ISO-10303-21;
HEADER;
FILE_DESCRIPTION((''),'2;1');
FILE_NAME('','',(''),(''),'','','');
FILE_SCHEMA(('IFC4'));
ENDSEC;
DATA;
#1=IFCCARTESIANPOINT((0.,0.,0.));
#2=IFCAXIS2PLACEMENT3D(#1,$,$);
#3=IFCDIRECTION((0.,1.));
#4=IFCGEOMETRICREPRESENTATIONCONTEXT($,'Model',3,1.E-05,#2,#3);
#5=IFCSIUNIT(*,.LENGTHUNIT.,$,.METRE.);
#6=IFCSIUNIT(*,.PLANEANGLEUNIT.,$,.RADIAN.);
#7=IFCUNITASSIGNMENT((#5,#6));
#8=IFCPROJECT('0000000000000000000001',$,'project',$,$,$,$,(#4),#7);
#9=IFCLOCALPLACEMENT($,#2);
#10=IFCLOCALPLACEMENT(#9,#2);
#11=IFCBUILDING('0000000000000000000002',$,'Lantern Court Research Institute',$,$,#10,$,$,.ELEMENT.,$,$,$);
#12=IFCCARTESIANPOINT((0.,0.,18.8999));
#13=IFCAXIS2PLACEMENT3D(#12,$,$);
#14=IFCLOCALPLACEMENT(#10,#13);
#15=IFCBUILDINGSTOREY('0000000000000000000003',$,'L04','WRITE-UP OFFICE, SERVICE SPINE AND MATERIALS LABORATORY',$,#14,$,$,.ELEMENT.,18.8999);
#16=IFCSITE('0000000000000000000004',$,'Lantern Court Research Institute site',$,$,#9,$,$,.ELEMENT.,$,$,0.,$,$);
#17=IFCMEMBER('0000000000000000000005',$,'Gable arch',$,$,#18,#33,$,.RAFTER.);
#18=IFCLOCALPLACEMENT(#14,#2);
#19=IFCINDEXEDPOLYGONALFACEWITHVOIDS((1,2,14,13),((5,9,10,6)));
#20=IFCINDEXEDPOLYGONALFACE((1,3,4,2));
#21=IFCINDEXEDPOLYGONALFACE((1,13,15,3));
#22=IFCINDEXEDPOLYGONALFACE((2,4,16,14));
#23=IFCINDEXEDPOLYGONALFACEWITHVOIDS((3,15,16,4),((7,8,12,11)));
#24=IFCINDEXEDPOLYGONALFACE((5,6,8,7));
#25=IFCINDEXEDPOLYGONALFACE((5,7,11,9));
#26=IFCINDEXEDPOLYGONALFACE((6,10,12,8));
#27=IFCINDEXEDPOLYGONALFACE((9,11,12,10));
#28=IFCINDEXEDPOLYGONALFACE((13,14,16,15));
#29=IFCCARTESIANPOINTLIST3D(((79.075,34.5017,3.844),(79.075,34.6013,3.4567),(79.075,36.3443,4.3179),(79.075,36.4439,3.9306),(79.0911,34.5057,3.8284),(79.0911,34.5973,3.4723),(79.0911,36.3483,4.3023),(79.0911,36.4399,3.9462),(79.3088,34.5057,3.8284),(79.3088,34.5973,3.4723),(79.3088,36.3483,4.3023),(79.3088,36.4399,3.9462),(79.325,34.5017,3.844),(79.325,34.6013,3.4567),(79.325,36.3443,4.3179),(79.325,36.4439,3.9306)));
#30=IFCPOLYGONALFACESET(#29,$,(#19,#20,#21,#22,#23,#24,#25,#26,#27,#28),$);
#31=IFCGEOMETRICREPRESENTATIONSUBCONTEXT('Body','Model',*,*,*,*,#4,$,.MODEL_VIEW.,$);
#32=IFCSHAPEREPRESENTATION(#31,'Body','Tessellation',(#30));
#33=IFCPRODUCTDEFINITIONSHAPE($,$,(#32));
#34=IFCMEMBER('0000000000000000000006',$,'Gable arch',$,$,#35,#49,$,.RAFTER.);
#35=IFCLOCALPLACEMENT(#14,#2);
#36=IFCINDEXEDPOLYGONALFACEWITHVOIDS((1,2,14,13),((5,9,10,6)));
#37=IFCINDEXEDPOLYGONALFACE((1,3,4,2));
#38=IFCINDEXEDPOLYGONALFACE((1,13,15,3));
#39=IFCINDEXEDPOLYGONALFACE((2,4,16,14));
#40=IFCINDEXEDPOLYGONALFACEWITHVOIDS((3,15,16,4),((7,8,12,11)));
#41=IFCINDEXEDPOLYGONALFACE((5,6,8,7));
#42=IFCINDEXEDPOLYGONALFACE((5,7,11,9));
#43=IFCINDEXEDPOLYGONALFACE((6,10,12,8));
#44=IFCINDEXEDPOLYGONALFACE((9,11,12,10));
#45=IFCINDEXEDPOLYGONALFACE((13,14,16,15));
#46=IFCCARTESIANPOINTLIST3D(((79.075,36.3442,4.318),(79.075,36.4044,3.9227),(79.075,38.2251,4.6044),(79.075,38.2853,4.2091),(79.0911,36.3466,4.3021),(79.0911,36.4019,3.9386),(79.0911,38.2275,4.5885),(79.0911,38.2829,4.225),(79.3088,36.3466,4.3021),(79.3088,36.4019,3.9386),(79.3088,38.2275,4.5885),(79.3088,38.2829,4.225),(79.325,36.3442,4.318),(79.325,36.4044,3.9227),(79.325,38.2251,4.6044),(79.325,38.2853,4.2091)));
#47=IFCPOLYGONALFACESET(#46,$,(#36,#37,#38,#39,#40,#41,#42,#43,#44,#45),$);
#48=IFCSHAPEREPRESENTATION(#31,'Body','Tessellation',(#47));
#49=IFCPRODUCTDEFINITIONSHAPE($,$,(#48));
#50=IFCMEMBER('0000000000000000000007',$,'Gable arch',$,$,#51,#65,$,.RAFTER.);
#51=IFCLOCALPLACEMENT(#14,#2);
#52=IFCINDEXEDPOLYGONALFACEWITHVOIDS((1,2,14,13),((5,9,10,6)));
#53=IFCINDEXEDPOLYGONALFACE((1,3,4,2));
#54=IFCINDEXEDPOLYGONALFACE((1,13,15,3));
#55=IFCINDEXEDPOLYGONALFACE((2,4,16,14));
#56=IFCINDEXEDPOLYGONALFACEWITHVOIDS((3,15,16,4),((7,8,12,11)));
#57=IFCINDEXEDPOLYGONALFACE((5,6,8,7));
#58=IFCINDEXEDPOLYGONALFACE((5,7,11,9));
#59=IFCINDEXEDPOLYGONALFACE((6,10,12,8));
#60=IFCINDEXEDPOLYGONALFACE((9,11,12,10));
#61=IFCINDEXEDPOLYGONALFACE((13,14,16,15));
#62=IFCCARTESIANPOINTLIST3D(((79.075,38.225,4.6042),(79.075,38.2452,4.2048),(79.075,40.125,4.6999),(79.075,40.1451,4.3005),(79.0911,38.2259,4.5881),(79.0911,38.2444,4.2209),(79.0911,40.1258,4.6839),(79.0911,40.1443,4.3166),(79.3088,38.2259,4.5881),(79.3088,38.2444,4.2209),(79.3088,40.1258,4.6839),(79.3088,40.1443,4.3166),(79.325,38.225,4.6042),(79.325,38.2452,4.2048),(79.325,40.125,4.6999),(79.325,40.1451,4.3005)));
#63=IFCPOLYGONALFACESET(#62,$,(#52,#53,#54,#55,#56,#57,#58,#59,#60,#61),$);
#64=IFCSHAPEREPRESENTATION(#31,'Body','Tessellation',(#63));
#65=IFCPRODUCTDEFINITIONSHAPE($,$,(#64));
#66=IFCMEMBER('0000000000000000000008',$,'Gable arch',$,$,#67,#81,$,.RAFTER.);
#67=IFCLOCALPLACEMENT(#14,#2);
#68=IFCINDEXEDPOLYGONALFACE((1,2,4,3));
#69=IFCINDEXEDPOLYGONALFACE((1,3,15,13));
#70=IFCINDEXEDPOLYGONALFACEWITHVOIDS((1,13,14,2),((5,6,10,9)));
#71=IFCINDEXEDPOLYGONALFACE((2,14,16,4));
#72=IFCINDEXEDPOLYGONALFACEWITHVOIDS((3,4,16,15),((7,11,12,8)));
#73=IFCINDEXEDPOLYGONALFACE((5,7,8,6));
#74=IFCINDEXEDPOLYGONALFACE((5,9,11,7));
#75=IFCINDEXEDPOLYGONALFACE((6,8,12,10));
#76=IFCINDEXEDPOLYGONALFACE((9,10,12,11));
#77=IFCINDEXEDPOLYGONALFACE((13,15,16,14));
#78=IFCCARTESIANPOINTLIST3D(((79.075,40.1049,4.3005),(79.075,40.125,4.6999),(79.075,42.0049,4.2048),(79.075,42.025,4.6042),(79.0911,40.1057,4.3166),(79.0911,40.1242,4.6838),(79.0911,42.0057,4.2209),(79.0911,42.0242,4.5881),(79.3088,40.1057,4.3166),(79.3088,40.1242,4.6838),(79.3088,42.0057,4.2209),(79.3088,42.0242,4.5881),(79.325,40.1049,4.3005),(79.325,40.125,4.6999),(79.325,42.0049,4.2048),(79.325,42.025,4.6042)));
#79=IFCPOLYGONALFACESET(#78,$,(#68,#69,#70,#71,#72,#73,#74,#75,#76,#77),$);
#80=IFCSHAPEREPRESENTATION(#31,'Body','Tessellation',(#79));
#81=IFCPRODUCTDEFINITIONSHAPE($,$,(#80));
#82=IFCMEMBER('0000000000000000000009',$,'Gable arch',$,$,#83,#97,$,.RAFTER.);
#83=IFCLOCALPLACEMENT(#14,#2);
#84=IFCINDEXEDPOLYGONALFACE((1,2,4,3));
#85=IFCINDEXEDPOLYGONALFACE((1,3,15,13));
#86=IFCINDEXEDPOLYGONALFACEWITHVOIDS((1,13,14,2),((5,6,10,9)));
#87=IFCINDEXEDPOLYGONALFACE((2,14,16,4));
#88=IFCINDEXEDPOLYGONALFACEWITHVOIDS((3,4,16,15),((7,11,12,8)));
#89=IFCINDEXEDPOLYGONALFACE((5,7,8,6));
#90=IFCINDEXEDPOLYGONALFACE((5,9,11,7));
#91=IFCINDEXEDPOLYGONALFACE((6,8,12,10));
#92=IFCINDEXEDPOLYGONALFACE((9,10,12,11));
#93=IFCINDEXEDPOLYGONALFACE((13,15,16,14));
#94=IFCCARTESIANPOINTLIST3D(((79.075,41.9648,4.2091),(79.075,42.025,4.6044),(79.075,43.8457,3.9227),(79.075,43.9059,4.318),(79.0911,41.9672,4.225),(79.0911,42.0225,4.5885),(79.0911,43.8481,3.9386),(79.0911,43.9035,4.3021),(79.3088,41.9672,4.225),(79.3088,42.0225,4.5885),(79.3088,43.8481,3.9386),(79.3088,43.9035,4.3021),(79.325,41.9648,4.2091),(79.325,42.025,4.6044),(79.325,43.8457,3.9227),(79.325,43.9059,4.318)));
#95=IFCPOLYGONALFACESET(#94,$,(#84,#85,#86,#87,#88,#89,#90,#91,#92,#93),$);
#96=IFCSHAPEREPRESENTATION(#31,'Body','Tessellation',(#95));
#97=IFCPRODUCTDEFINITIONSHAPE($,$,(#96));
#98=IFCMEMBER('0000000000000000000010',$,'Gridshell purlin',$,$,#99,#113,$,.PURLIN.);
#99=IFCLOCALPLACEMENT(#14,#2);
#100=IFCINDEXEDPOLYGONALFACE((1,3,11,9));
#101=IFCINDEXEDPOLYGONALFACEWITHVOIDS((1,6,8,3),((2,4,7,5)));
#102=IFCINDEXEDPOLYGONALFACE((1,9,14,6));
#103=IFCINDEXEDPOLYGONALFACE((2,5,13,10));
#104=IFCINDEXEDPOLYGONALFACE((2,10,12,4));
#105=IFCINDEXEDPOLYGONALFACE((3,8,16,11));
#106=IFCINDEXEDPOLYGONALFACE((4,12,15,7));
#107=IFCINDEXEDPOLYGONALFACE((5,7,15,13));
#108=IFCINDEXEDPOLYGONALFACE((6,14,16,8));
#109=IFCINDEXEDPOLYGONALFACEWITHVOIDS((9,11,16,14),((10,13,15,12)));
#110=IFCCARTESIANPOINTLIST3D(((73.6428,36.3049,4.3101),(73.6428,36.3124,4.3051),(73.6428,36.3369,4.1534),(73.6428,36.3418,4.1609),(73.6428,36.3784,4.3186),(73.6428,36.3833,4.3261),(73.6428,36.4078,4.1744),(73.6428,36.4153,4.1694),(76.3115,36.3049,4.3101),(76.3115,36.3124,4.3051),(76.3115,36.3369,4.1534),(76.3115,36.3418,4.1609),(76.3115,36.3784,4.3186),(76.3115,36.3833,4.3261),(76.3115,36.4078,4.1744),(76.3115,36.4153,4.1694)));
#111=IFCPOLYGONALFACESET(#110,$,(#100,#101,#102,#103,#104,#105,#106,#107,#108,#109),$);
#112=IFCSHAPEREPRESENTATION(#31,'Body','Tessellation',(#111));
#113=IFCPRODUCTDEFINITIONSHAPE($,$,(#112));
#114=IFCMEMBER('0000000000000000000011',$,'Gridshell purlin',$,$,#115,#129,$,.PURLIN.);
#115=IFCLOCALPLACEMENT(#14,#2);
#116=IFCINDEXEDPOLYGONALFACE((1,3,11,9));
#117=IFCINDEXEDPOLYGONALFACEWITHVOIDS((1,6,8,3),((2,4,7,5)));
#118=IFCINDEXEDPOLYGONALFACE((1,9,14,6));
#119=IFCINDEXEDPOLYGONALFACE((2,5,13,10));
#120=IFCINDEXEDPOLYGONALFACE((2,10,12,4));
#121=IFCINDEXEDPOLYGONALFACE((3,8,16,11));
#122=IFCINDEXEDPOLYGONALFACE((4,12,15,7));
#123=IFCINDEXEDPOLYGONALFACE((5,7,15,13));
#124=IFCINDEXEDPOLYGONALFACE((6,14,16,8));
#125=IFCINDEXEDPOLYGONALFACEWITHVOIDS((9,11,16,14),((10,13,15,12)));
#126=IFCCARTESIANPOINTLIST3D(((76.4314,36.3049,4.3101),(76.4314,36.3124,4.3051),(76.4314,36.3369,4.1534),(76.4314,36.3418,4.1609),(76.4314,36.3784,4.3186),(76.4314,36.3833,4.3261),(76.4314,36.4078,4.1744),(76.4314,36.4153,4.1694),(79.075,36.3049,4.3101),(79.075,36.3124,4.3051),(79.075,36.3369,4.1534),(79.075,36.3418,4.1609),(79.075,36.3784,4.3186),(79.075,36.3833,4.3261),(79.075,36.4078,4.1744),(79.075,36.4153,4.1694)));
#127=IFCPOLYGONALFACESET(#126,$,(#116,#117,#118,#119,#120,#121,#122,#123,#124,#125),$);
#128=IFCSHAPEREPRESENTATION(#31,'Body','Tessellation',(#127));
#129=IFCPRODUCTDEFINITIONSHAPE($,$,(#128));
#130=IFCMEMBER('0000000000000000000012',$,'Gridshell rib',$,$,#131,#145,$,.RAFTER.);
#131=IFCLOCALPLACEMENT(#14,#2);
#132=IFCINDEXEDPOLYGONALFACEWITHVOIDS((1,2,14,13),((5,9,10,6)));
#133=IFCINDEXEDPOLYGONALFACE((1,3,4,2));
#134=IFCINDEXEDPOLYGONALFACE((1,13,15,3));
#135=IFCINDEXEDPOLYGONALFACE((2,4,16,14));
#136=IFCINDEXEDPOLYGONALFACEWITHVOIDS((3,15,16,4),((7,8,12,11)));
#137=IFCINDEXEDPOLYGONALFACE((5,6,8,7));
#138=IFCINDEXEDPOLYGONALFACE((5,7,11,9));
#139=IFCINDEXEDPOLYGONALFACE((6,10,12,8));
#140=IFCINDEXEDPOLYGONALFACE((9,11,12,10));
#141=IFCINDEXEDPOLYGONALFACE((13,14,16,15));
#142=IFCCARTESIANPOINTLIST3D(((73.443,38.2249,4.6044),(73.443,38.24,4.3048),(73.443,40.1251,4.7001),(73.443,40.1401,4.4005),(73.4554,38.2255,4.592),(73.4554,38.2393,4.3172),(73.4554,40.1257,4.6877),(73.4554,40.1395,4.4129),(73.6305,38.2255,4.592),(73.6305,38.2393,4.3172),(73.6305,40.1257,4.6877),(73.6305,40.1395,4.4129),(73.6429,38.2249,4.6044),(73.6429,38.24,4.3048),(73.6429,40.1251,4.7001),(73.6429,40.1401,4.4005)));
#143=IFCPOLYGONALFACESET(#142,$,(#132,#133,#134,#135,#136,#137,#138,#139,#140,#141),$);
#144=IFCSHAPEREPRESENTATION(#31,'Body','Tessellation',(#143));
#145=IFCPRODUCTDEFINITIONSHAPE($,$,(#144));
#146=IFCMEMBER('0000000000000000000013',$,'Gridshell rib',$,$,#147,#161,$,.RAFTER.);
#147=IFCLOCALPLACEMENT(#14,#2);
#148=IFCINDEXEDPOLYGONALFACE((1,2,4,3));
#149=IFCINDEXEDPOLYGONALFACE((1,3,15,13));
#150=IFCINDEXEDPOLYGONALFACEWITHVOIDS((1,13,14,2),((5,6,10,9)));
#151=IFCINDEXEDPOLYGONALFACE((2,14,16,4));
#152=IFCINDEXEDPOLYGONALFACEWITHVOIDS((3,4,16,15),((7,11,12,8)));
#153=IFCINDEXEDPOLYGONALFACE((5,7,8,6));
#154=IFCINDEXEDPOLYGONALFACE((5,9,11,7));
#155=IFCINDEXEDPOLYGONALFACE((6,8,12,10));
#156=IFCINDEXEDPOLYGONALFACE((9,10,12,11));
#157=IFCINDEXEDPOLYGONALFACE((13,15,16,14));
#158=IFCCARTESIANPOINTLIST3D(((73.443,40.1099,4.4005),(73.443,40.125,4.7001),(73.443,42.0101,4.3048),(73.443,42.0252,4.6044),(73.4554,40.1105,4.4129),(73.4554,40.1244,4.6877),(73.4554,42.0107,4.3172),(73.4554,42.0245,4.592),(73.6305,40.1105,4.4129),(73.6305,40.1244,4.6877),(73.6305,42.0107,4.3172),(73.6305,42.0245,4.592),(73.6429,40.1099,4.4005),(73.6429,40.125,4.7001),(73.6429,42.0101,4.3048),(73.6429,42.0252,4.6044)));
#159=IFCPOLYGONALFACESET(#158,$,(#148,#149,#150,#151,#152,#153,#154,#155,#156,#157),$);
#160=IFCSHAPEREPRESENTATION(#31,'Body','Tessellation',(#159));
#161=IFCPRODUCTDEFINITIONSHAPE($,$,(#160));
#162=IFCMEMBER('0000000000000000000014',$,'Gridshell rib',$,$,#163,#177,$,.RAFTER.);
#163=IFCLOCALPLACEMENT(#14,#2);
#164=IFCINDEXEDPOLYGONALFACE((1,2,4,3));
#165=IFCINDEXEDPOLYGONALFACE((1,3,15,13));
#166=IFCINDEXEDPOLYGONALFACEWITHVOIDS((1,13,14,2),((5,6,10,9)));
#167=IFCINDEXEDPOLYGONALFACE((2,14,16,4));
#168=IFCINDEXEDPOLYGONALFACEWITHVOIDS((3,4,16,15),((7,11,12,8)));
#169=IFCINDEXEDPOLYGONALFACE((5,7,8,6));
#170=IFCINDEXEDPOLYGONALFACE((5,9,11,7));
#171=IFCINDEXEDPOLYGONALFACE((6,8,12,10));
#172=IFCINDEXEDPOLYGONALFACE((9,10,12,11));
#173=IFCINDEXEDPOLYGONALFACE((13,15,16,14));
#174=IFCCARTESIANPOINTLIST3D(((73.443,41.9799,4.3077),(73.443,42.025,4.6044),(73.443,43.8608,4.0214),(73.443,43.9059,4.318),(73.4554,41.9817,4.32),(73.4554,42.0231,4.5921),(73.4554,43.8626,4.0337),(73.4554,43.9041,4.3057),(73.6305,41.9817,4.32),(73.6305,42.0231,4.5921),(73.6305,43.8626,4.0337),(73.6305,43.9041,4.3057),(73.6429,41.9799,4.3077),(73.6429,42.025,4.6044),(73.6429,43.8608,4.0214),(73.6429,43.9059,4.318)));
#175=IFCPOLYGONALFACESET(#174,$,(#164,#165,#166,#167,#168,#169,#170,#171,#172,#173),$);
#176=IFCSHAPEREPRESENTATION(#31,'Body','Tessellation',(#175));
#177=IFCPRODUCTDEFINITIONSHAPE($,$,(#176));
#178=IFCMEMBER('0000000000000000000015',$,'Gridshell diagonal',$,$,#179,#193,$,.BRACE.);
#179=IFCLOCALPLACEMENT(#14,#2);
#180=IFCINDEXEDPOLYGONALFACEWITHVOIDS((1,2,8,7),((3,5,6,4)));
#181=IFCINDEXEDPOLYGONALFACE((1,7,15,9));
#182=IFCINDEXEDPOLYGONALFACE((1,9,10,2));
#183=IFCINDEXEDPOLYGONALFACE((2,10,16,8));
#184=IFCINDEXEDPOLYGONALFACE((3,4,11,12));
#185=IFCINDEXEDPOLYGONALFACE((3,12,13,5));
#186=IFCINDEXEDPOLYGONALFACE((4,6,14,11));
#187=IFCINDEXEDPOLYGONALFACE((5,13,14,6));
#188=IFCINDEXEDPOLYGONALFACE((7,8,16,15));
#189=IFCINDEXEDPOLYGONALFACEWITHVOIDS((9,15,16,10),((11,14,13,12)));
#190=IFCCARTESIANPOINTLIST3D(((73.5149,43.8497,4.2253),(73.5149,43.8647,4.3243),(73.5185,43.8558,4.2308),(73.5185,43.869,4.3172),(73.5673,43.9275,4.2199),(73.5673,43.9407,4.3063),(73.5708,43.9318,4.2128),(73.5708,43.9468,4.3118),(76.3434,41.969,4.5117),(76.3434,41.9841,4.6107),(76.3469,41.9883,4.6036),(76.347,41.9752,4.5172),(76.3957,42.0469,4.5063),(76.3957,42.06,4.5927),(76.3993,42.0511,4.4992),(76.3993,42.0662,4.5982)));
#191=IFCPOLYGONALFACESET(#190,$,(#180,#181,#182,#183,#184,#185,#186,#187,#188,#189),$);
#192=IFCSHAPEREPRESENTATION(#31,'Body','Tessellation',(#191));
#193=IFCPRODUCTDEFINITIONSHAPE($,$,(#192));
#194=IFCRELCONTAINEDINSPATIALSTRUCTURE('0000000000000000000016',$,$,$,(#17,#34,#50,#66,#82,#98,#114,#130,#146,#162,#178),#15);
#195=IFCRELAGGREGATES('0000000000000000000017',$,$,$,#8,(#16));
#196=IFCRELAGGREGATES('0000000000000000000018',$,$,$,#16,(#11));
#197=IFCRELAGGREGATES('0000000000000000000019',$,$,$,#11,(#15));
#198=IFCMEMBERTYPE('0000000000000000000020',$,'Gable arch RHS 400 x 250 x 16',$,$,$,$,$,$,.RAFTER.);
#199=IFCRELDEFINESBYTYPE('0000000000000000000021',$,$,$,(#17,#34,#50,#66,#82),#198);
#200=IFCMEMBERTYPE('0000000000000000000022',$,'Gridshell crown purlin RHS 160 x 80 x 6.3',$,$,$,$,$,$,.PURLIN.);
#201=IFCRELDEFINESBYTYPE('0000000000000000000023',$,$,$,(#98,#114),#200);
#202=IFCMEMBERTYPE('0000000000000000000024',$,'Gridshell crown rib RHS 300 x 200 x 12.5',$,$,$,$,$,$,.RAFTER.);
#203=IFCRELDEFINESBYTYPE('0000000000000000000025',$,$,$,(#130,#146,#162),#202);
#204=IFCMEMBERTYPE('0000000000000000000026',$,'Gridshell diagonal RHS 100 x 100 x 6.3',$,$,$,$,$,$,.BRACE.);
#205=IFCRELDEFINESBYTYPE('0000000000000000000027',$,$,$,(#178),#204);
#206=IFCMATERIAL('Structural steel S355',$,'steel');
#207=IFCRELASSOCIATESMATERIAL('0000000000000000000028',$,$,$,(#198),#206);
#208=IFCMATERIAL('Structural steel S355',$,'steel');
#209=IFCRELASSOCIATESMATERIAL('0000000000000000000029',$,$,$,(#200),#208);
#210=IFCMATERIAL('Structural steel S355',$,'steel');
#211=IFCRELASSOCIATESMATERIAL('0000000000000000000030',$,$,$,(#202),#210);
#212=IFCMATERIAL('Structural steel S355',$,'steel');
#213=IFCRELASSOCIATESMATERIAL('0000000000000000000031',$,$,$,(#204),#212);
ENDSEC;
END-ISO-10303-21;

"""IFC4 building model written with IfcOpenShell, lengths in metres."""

from ifc_helpers import new_model, si_unit, direction, frame, origin, origin_2d, place, context, subcontext, project, spatial, hollow_rectangle, extrude, material, material_profile, profile_set, type_object, element, save


model = new_model("IFC4")

# Units and contexts
model_context = context("Model", 3, precision=1e-05, world=origin(), true_north=direction((0.0, 1.0)))
body_context = subcontext(model_context, "Body", "Model", "MODEL_VIEW")
ifc_project = project(units=[si_unit("LENGTHUNIT", "METRE"), si_unit("PLANEANGLEUNIT", "RADIAN")], contexts=[model_context])

# Site, building, storey
site_placement = place(None, origin())
site = spatial("IfcSite", under=ifc_project, at=site_placement, Name="Lantern Court Research Institute site", CompositionType="ELEMENT", RefElevation=0.0)
building_placement = place(site_placement, origin())
building = spatial("IfcBuilding", under=site, at=building_placement, Name="Lantern Court Research Institute", CompositionType="ELEMENT")
storey_placement = place(building_placement, frame((0.0, 0.0, 18.8999)))
storey = spatial("IfcBuildingStorey", under=building, at=storey_placement, Name="L04", Description="WRITE-UP OFFICE, SERVICE SPINE AND MATERIALS LABORATORY", CompositionType="ELEMENT", Elevation=18.8999)

# Members
ifc_material_1 = material(Name="Structural steel S355", Category="steel")
ifc_material_profile_1 = material_profile(ifc_material_1, hollow_rectangle(XDim=0.25, YDim=0.3999, WallThickness=0.0161, at=origin_2d()), Name="Gable arch RHS 400 x 250 x 16")
ifc_profile_set_1 = profile_set([ifc_material_profile_1], Name="Structural steel S355")
member_type_1 = type_object("IfcMemberType", Name="Gable arch RHS 400 x 250 x 16", PredefinedType="RAFTER", material=ifc_profile_set_1)
for number, where, z_axis, x_axis, name in (
    (1, (79.2, 34.5515, 3.6504), (0.0, 0.968482, 0.249082), (-1.0, 0.0, 0.0), "Gable arch"),
    (2, (79.2, 36.3743, 4.1204), (0.0, 0.988606, 0.150524), (-1.0, 0.0, 0.0), "Gable arch"),
):
    element("IfcMember", number, at=place(storey_placement, frame(where, z_axis=z_axis, x_axis=x_axis)), inside=storey, type_object=member_type_1, Name=name, PredefinedType="RAFTER", context=body_context, shape_type="SweptSolid", body=[
        extrude(hollow_rectangle(XDim=0.25, YDim=0.3999, WallThickness=0.0161, at=origin_2d()), origin(), (0.0, 0.0, 1.0), 1.9026),
    ])
for number, where, z_axis, x_axis, name in (
    (3, (79.2, 38.2351, 4.4045), (0.0, 0.998734, 0.050309), (-1.0, 0.0, 0.0), "Gable arch"),
    (4, (79.2, 40.115, 4.5002), (0.0, 0.998734, -0.050309), (-1.0, 0.0, 0.0), "Gable arch"),
):
    element("IfcMember", number, at=place(storey_placement, frame(where, z_axis=z_axis, x_axis=x_axis)), inside=storey, type_object=member_type_1, Name=name, PredefinedType="RAFTER", context=body_context, shape_type="SweptSolid", body=[
        extrude(hollow_rectangle(XDim=0.25, YDim=0.3999, WallThickness=0.0161, at=origin_2d()), origin(), (0.0, 0.0, 1.0), 1.9023),
    ])
member_1_placement = place(storey_placement, frame((79.2, 41.9949, 4.4067), z_axis=(0.0, 0.988606, -0.150524), x_axis=(-1.0, 0.0, 0.0)))
element("IfcMember", 5, at=member_1_placement, inside=storey, type_object=member_type_1, Name="Gable arch", PredefinedType="RAFTER", context=body_context, shape_type="SweptSolid", body=[
    extrude(hollow_rectangle(XDim=0.25, YDim=0.3999, WallThickness=0.0161, at=origin_2d()), origin(), (0.0, 0.0, 1.0), 1.9026),
])
ifc_material_2 = material(Name="Structural steel S355", Category="steel")
ifc_material_profile_2 = material_profile(ifc_material_2, hollow_rectangle(XDim=0.0801, YDim=0.1599, WallThickness=0.0063, at=origin_2d()), Name="Gridshell crown purlin RHS 160 x 80 x 6.3")
ifc_profile_set_2 = profile_set([ifc_material_profile_2], Name="Structural steel S355")
member_type_2 = type_object("IfcMemberType", Name="Gridshell crown purlin RHS 160 x 80 x 6.3", PredefinedType="PURLIN", material=ifc_profile_set_2)
member_2_placement = place(storey_placement, frame((73.6428, 36.3601, 4.2397), z_axis=(1.0, 0.0, 0.0), x_axis=(0.0, 0.979787, 0.200043)))
element("IfcMember", 6, at=member_2_placement, inside=storey, type_object=member_type_2, Name="Gridshell purlin", PredefinedType="PURLIN", context=body_context, shape_type="SweptSolid", body=[
    extrude(hollow_rectangle(XDim=0.0801, YDim=0.1599, WallThickness=0.0063, at=origin_2d()), origin(), (0.0, 0.0, 1.0), 2.6687),
])
member_3_placement = place(storey_placement, frame((76.4314, 36.3601, 4.2397), z_axis=(1.0, 0.0, 0.0), x_axis=(0.0, 0.979787, 0.200043)))
element("IfcMember", 7, at=member_3_placement, inside=storey, type_object=member_type_2, Name="Gridshell purlin", PredefinedType="PURLIN", context=body_context, shape_type="SweptSolid", body=[
    extrude(hollow_rectangle(XDim=0.0801, YDim=0.1599, WallThickness=0.0063, at=origin_2d()), origin(), (0.0, 0.0, 1.0), 2.6436),
])
ifc_material_3 = material(Name="Structural steel S355", Category="steel")
ifc_material_profile_3 = material_profile(ifc_material_3, hollow_rectangle(XDim=0.2, YDim=0.3, WallThickness=0.0125, at=origin_2d()), Name="Gridshell crown rib RHS 300 x 200 x 12.5")
ifc_profile_set_3 = profile_set([ifc_material_profile_3], Name="Structural steel S355")
member_type_3 = type_object("IfcMemberType", Name="Gridshell crown rib RHS 300 x 200 x 12.5", PredefinedType="RAFTER", material=ifc_profile_set_3)
for number, where, z_axis, x_axis, name in (
    (8, (73.543, 38.2324, 4.4546), (0.0, 0.998734, 0.050302), (-1.0, 0.0, 0.0), "Gridshell rib"),
    (9, (73.543, 40.1174, 4.5503), (0.0, 0.998734, -0.050302), (-1.0, 0.0, 0.0), "Gridshell rib"),
    (10, (73.543, 42.0024, 4.4561), (0.0, 0.988606, -0.150524), (-1.0, 0.0, 0.0), "Gridshell rib"),
):
    element("IfcMember", number, at=place(storey_placement, frame(where, z_axis=z_axis, x_axis=x_axis)), inside=storey, type_object=member_type_3, Name=name, PredefinedType="RAFTER", context=body_context, shape_type="SweptSolid", body=[
        extrude(hollow_rectangle(XDim=0.2, YDim=0.3, WallThickness=0.0125, at=origin_2d()), origin(), (0.0, 0.0, 1.0), 1.9026),
    ])
ifc_material_4 = material(Name="Structural steel S355", Category="steel")
ifc_material_profile_4 = material_profile(ifc_material_4, hollow_rectangle(XDim=0.1001, YDim=0.1001, WallThickness=0.0063, at=origin_2d()), Name="Gridshell diagonal RHS 100 x 100 x 6.3")
ifc_profile_set_4 = profile_set([ifc_material_profile_4], Name="Structural steel S355")
member_type_4 = type_object("IfcMemberType", Name="Gridshell diagonal RHS 100 x 100 x 6.3", PredefinedType="BRACE", material=ifc_profile_set_4)
for number, where, z_axis, x_axis, name in (
    (11, (76.3713, 42.0176, 4.5549), (-0.82978, 0.55173, -0.084017), (-0.558091, -0.820332, 0.124862), "Gridshell diagonal"),
):
    element("IfcMember", number, at=place(storey_placement, frame(where, z_axis=z_axis, x_axis=x_axis)), inside=storey, type_object=member_type_4, Name=name, PredefinedType="BRACE", context=body_context, shape_type="SweptSolid", body=[
        extrude(hollow_rectangle(XDim=0.1001, YDim=0.1001, WallThickness=0.0063, at=origin_2d()), origin(), (0.0, 0.0, 1.0), 3.4087),
    ])

save(model, "model.ifc")
